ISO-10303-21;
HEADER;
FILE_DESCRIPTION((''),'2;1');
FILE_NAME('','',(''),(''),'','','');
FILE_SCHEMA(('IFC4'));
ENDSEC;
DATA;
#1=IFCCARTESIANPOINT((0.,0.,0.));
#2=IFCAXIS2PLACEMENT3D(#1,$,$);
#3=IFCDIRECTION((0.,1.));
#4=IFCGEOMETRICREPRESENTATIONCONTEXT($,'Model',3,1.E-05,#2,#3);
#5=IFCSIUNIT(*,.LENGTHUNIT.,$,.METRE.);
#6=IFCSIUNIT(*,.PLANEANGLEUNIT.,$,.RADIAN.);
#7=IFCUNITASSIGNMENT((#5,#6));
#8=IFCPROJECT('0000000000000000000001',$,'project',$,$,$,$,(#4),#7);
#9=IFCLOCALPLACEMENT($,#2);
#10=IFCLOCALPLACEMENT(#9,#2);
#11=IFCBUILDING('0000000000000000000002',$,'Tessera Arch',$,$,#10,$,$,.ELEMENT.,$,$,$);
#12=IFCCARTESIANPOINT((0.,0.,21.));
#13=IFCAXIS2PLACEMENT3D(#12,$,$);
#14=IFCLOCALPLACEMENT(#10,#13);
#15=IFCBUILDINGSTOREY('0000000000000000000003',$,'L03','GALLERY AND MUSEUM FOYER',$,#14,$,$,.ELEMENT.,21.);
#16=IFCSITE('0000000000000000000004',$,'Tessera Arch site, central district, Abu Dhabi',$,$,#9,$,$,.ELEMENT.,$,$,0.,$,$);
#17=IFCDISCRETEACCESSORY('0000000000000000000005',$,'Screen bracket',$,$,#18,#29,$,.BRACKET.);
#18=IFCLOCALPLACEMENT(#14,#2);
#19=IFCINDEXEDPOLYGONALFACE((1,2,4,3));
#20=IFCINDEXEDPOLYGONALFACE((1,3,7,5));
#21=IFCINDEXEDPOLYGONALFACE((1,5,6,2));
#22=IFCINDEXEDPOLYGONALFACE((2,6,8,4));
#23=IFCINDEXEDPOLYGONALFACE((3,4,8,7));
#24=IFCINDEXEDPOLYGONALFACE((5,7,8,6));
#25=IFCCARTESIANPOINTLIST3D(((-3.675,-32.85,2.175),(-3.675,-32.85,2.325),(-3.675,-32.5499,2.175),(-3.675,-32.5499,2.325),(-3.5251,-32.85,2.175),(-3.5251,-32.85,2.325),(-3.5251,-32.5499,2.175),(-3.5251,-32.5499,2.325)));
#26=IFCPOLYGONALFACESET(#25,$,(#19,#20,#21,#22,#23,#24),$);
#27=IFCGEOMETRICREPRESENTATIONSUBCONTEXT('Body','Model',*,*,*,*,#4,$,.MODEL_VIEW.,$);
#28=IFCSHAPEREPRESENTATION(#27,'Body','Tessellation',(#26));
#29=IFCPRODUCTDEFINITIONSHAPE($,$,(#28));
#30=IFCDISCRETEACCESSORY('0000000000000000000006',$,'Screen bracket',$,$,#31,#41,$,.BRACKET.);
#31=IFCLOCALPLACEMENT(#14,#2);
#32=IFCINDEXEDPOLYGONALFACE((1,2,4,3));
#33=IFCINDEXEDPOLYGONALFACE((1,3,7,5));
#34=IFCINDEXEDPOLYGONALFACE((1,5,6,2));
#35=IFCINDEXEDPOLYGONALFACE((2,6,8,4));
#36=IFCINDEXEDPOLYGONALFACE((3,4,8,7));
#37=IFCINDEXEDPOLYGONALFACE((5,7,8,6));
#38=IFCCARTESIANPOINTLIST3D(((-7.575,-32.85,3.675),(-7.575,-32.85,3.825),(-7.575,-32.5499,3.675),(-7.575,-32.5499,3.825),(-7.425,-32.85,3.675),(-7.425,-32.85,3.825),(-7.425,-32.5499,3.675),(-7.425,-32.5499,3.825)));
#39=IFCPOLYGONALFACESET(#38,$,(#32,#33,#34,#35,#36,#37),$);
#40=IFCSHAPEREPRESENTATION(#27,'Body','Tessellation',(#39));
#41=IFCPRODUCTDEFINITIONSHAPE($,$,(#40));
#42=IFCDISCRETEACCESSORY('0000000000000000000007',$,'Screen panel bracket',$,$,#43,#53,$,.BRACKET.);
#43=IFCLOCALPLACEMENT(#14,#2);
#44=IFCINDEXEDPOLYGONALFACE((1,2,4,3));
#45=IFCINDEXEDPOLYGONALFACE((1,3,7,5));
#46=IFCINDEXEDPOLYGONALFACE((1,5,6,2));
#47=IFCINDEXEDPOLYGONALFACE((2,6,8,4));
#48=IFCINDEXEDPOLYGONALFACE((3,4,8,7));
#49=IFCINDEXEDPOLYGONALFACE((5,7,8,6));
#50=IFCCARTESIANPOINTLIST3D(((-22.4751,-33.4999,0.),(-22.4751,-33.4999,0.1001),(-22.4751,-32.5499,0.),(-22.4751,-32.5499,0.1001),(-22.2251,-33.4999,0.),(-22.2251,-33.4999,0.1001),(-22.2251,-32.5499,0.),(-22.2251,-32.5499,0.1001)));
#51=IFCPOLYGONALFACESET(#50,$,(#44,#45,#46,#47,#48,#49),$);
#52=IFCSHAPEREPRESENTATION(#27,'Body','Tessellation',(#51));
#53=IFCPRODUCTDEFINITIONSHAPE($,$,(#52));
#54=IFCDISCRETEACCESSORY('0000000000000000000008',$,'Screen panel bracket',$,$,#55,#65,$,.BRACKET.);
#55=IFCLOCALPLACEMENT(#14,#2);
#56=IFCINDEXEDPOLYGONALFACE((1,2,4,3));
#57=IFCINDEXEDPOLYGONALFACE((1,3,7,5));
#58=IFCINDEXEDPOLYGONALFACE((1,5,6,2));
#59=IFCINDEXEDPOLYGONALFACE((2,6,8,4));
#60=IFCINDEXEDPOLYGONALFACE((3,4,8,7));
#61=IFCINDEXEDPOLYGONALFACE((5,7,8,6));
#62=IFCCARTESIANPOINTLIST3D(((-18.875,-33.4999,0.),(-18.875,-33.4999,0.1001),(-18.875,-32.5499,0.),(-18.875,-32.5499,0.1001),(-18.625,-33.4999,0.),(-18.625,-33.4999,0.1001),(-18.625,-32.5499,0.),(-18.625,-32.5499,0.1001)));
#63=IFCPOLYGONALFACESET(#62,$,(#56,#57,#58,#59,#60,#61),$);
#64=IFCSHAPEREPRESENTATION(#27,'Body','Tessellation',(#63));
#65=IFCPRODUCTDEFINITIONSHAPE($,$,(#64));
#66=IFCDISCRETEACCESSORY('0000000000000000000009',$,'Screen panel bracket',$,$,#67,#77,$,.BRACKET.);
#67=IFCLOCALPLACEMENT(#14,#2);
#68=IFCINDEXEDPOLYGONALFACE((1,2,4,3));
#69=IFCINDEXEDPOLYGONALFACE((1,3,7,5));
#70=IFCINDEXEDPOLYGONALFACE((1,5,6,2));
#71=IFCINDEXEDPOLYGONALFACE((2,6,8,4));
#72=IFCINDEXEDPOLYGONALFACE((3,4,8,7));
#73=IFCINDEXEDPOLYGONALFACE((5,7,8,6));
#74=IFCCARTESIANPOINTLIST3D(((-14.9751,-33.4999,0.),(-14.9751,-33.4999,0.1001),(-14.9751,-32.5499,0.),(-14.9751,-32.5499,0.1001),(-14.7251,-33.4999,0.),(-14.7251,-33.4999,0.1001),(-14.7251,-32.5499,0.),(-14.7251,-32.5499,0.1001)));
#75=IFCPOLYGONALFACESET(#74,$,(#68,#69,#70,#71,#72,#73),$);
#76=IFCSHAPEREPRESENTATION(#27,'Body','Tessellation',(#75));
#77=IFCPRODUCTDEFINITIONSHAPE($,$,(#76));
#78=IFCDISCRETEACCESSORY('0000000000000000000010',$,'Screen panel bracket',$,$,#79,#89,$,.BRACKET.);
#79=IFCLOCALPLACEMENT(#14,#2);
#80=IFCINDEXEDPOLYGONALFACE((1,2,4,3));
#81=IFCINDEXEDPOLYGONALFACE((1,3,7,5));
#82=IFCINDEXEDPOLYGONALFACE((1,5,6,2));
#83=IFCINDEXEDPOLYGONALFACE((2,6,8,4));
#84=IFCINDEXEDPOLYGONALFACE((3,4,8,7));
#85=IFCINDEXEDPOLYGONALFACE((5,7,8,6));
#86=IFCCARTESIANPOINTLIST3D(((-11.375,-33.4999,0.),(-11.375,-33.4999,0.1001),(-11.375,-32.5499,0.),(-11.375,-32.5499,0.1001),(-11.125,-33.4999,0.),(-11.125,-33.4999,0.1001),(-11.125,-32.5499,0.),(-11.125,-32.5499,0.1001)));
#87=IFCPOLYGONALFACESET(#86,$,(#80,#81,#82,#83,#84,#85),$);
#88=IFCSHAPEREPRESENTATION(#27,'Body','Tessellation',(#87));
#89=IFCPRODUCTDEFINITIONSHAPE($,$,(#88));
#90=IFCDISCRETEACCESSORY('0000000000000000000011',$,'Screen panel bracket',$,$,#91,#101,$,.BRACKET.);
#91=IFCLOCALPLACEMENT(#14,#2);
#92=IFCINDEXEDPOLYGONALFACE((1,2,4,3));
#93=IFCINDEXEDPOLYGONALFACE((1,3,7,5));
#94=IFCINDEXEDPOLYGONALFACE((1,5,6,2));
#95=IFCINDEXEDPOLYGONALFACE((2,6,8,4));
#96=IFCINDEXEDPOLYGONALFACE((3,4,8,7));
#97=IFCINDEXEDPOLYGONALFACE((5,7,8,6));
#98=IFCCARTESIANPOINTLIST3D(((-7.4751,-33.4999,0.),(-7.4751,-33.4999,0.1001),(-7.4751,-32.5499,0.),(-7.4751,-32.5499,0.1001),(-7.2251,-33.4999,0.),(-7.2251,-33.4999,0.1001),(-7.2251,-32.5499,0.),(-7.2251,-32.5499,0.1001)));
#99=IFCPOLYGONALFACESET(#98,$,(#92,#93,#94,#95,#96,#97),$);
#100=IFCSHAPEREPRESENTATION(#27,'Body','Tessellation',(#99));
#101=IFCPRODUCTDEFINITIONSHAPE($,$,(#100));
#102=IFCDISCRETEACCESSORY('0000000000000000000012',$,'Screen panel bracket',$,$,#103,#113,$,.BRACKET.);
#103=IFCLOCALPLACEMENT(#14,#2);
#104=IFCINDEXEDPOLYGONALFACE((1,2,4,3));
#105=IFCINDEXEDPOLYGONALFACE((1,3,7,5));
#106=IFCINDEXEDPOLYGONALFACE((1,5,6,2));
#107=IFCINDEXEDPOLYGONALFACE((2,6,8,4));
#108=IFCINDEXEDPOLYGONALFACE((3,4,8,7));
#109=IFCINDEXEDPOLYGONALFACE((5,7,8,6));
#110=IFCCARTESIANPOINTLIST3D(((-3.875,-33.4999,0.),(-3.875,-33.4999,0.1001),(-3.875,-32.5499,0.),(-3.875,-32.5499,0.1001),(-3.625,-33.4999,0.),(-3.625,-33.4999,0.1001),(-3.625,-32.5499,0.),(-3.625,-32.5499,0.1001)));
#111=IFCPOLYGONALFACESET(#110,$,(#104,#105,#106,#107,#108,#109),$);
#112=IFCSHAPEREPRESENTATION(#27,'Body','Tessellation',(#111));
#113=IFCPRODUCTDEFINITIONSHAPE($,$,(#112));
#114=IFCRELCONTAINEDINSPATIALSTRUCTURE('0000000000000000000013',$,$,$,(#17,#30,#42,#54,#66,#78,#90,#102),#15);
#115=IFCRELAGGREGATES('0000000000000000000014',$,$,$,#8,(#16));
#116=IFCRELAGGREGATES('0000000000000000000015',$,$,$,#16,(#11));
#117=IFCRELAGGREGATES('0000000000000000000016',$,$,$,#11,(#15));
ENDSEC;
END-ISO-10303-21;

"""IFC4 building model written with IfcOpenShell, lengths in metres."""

from ifc_helpers import new_model, si_unit, direction, frame, origin, origin_2d, place, context, subcontext, project, spatial, rectangle, extrude, element, save


model = new_model("IFC4")

# Units and contexts
model_context = context("Model", 3, precision=1e-05, world=origin(), true_north=direction((0.0, 1.0)))
body_context = subcontext(model_context, "Body", "Model", "MODEL_VIEW")
ifc_project = project(units=[si_unit("LENGTHUNIT", "METRE"), si_unit("PLANEANGLEUNIT", "RADIAN")], contexts=[model_context])

# Site, building, storey
site_placement = place(None, origin())
site = spatial("IfcSite", under=ifc_project, at=site_placement, Name="Tessera Arch site, central district, Abu Dhabi", CompositionType="ELEMENT", RefElevation=0.0)
building_placement = place(site_placement, origin())
building = spatial("IfcBuilding", under=site, at=building_placement, Name="Tessera Arch", CompositionType="ELEMENT")
storey_placement = place(building_placement, frame((0.0, 0.0, 21.0)))
storey = spatial("IfcBuildingStorey", under=building, at=storey_placement, Name="L03", Description="GALLERY AND MUSEUM FOYER", CompositionType="ELEMENT", Elevation=21.0)

# Discrete accessories
for number, where, z_axis, x_axis, name in (
    (1, (-3.6001, -32.7, 2.175), (0.0, 0.0, 1.0), (0.0, -1.0, 0.0), "Screen bracket"),
    (2, (-7.5, -32.7, 3.675), (0.0, 0.0, 1.0), (0.0, -1.0, 0.0), "Screen bracket"),
):
    element("IfcDiscreteAccessory", number, at=place(storey_placement, frame(where, z_axis=z_axis, x_axis=x_axis)), inside=storey, Name=name, PredefinedType="BRACKET", context=body_context, shape_type="SweptSolid", body=[
        extrude(rectangle(XDim=0.3, YDim=0.1499, at=origin_2d()), origin(), (0.0, 0.0, 1.0), 0.1499),
    ])
for number, where, z_axis, x_axis, name in (
    (3, (-22.3501, -33.0249, 0.0), (0.0, 0.0, 1.0), (0.0, -1.0, 0.0), "Screen panel bracket"),
    (4, (-18.75, -33.0249, 0.0), (0.0, 0.0, 1.0), (0.0, -1.0, 0.0), "Screen panel bracket"),
    (5, (-14.8501, -33.0249, 0.0), (0.0, 0.0, 1.0), (0.0, -1.0, 0.0), "Screen panel bracket"),
    (6, (-11.25, -33.0249, 0.0), (0.0, 0.0, 1.0), (0.0, -1.0, 0.0), "Screen panel bracket"),
    (7, (-7.3501, -33.0249, 0.0), (0.0, 0.0, 1.0), (0.0, -1.0, 0.0), "Screen panel bracket"),
    (8, (-3.75, -33.0249, 0.0), (0.0, 0.0, 1.0), (0.0, -1.0, 0.0), "Screen panel bracket"),
):
    element("IfcDiscreteAccessory", number, at=place(storey_placement, frame(where, z_axis=z_axis, x_axis=x_axis)), inside=storey, Name=name, PredefinedType="BRACKET", context=body_context, shape_type="SweptSolid", body=[
        extrude(rectangle(XDim=0.95, YDim=0.25, at=origin_2d()), origin(), (0.0, 0.0, 1.0), 0.1001),
    ])

save(model, "model.ifc")
